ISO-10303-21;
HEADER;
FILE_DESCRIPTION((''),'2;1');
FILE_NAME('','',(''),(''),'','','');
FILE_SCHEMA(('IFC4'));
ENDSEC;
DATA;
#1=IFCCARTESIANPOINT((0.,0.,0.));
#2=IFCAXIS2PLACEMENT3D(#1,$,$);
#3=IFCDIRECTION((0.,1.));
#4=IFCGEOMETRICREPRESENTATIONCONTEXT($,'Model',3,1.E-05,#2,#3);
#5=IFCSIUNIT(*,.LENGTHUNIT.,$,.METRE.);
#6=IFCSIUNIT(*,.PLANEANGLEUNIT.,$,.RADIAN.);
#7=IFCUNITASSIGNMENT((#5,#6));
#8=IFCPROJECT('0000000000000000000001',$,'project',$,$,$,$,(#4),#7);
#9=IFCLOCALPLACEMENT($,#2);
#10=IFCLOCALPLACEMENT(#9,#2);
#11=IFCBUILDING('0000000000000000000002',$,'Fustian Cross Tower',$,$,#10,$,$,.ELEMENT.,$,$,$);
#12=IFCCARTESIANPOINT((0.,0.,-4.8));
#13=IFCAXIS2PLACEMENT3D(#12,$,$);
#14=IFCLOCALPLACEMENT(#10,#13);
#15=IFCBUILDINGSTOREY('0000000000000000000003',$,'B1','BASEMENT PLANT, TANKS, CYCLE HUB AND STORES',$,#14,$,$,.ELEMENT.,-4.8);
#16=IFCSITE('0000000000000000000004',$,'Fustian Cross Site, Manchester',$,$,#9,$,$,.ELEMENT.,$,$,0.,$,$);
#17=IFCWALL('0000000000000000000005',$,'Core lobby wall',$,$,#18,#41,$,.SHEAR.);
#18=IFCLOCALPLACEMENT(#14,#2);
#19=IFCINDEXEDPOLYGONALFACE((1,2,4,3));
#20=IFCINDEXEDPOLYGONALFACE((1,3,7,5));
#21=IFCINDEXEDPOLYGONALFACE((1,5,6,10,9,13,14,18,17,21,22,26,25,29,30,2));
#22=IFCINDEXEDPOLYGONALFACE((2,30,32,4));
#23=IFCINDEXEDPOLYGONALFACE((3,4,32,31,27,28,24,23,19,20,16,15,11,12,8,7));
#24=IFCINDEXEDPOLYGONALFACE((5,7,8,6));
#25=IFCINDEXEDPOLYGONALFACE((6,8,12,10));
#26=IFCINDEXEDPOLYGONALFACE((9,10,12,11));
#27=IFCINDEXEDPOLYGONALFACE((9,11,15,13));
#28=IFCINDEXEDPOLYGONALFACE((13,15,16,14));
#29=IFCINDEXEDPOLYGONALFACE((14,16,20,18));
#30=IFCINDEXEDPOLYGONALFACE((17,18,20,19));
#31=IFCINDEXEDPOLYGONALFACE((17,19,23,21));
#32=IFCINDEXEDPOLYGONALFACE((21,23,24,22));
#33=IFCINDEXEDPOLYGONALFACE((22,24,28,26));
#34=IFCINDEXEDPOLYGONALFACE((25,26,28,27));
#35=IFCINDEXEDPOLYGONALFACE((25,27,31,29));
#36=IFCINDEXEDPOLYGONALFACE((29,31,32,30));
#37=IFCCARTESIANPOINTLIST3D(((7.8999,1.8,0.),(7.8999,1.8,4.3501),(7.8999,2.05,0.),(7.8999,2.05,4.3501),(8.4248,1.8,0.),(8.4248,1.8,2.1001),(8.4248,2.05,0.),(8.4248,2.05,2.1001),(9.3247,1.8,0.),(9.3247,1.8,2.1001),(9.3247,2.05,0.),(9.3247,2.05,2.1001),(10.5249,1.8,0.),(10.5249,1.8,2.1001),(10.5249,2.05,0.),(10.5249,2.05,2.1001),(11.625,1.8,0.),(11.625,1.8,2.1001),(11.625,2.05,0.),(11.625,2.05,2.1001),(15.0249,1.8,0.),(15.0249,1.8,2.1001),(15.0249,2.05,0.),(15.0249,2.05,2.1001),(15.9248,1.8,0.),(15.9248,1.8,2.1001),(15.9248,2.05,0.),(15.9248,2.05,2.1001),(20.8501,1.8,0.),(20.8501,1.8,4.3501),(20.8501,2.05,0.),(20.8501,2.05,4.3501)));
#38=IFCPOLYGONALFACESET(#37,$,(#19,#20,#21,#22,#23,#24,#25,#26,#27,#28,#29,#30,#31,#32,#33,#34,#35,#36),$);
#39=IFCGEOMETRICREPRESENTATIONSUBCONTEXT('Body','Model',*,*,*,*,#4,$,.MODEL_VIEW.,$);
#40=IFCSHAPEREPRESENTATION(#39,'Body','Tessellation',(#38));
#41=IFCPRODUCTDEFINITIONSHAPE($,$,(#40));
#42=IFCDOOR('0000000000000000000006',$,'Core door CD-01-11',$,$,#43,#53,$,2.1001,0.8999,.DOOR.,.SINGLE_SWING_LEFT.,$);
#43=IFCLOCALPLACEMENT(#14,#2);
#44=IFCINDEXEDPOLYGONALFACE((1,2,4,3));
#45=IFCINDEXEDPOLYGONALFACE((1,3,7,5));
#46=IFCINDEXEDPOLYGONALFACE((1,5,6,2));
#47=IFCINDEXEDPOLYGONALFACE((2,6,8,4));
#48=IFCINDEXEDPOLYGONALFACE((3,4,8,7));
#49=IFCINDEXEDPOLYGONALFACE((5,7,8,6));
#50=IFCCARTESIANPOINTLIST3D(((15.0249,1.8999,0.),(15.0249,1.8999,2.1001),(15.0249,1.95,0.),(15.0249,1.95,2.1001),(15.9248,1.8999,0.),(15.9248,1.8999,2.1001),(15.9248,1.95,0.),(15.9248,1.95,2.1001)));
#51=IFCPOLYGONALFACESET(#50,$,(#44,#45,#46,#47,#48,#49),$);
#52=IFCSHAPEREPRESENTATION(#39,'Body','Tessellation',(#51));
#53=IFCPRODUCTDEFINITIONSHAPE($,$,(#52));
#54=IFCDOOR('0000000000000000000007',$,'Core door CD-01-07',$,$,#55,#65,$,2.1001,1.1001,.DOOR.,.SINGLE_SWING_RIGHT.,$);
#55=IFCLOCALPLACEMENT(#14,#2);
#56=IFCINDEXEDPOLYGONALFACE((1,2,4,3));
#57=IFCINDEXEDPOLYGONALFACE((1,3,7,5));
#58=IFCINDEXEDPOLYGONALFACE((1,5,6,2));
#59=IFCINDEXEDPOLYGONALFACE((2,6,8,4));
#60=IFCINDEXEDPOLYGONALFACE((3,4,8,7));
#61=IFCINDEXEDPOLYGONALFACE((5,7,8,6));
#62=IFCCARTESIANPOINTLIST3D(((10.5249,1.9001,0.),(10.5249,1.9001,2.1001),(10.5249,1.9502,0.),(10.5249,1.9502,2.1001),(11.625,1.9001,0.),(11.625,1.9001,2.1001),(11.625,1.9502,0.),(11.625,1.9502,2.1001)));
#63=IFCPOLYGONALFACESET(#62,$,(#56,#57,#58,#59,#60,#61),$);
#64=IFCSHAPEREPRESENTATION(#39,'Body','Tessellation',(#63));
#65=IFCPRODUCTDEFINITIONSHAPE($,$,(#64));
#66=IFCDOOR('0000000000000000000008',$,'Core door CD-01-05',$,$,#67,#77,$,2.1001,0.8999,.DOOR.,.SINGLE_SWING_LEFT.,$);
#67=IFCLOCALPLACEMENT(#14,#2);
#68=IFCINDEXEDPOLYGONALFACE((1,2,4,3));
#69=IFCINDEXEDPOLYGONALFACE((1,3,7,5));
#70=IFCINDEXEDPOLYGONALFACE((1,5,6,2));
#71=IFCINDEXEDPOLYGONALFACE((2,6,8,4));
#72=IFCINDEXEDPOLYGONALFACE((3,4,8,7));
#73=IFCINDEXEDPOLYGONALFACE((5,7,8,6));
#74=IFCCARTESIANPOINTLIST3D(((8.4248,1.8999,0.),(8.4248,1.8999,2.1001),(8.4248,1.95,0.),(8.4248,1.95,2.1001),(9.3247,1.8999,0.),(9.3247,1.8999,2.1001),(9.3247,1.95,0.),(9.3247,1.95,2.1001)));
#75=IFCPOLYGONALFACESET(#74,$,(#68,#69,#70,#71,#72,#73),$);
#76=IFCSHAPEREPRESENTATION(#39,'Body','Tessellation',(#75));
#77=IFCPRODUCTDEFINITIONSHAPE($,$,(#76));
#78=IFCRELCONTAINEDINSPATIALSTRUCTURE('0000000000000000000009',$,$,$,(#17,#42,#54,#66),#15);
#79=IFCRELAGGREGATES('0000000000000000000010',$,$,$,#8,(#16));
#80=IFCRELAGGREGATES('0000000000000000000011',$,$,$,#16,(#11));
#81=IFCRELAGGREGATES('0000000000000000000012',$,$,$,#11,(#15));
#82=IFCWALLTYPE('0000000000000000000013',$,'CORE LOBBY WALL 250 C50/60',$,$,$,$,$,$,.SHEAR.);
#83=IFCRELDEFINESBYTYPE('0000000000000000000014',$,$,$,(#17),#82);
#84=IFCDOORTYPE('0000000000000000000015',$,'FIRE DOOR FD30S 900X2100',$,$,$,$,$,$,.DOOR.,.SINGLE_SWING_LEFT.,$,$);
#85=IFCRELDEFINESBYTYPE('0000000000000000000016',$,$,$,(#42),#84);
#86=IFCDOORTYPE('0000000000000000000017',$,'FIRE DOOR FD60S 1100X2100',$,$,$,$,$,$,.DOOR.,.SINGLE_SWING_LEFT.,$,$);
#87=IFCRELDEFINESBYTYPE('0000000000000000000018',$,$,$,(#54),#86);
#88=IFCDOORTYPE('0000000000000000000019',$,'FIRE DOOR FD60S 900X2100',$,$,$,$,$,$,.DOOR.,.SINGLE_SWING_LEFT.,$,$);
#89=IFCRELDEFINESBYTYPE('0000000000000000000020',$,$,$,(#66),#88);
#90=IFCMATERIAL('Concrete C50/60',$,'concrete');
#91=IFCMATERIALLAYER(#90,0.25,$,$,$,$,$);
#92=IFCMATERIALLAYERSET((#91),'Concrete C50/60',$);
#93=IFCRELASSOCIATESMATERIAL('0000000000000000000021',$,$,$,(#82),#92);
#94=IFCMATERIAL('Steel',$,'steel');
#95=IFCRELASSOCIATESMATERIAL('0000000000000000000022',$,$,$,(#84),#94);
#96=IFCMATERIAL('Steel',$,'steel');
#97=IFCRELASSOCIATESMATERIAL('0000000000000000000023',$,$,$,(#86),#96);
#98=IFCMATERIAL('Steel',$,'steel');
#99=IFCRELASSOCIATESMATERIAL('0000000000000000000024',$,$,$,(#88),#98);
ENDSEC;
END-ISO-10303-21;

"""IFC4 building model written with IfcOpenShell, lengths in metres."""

from ifc_helpers import new_model, si_unit, direction, frame, frame_2d, origin, place, context, subcontext, project, spatial, rectangle, extrude, material, layer, layer_set, type_object, element, fill, save


model = new_model("IFC4")

# Units and contexts
model_context = context("Model", 3, precision=1e-05, world=origin(), true_north=direction((0.0, 1.0)))
body_context = subcontext(model_context, "Body", "Model", "MODEL_VIEW")
ifc_project = project(units=[si_unit("LENGTHUNIT", "METRE"), si_unit("PLANEANGLEUNIT", "RADIAN")], contexts=[model_context])

# Site, building, storey
site_placement = place(None, origin())
site = spatial("IfcSite", under=ifc_project, at=site_placement, Name="Fustian Cross Site, Manchester", CompositionType="ELEMENT", RefElevation=0.0)
building_placement = place(site_placement, origin())
building = spatial("IfcBuilding", under=site, at=building_placement, Name="Fustian Cross Tower", CompositionType="ELEMENT")
storey_placement = place(building_placement, frame((0.0, 0.0, -4.8)))
storey = spatial("IfcBuildingStorey", under=building, at=storey_placement, Name="B1", Description="BASEMENT PLANT, TANKS, CYCLE HUB AND STORES", CompositionType="ELEMENT", Elevation=-4.8)

# Wall, openings, doors
ifc_material_1 = material(Name="Concrete C50/60", Category="concrete")
ifc_layer_1 = layer(ifc_material_1, 0.25)
ifc_layer_set_1 = layer_set([ifc_layer_1], Name="Concrete C50/60")
wall_type_1 = type_object("IfcWallType", Name="CORE LOBBY WALL 250 C50/60", PredefinedType="SHEAR", material=ifc_layer_set_1)
wall_1_placement = place(storey_placement, frame((7.8999, 1.925, 0.0), z_axis=(0.0, 0.0, 1.0), x_axis=(1.0, 0.0, 0.0)))
wall_1 = element("IfcWall", 1, at=wall_1_placement, inside=storey, type_object=wall_type_1, Name="Core lobby wall", PredefinedType="SHEAR", context=body_context, shape_type="SweptSolid", body=[
    extrude(rectangle(XDim=12.9502, YDim=0.25, at=frame_2d((6.4751, 0.0))), origin(), (0.0, 0.0, 1.0), 4.3501),
])
opening_1_placement = place(wall_1_placement, frame((0.5249, 0.0, 0.0)))
opening_1 = element("IfcOpeningElement", 2, at=opening_1_placement, cuts=wall_1, PredefinedType="OPENING", context=body_context, shape_type="SweptSolid", body=[
    extrude(rectangle(XDim=0.8999, YDim=2.1001, at=frame_2d((0.45, 1.05))), frame((0.0, 0.135, 0.0), z_axis=(0.0, -1.0, 0.0), x_axis=(1.0, 0.0, 0.0)), (0.0, 0.0, 1.0), 0.27),
])
opening_2_placement = place(wall_1_placement, frame((2.625, 0.0, 0.0)))
opening_2 = element("IfcOpeningElement", 3, at=opening_2_placement, cuts=wall_1, PredefinedType="OPENING", context=body_context, shape_type="SweptSolid", body=[
    extrude(rectangle(XDim=1.1001, YDim=2.1001, at=frame_2d((0.55, 1.05))), frame((0.0, 0.135, 0.0), z_axis=(0.0, -1.0, 0.0), x_axis=(1.0, 0.0, 0.0)), (0.0, 0.0, 1.0), 0.27),
])
opening_3_placement = place(wall_1_placement, frame((7.125, 0.0, 0.0)))
opening_3 = element("IfcOpeningElement", 4, at=opening_3_placement, cuts=wall_1, PredefinedType="OPENING", context=body_context, shape_type="SweptSolid", body=[
    extrude(rectangle(XDim=0.8999, YDim=2.1001, at=frame_2d((0.45, 1.05))), frame((0.0, 0.135, 0.0), z_axis=(0.0, -1.0, 0.0), x_axis=(1.0, 0.0, 0.0)), (0.0, 0.0, 1.0), 0.27),
])
ifc_material_2 = material(Name="Steel", Category="steel")
door_type_1 = type_object("IfcDoorType", Name="FIRE DOOR FD30S 900X2100", OperationType="SINGLE_SWING_LEFT", PredefinedType="DOOR", material=ifc_material_2)
door_1_placement = place(opening_3_placement, origin())
door_1 = element("IfcDoor", 5, at=door_1_placement, inside=storey, type_object=door_type_1, Name="Core door CD-01-11", OperationType="SINGLE_SWING_LEFT", OverallHeight=2.1001, OverallWidth=0.8999, PredefinedType="DOOR", context=body_context, shape_type="SweptSolid", body=[
    extrude(rectangle(XDim=0.8999, YDim=2.1001, at=frame_2d((0.45, 1.05))), frame((0.0, 0.0249, 0.0), z_axis=(0.0, -1.0, 0.0), x_axis=(1.0, 0.0, 0.0)), (0.0, 0.0, 1.0), 0.05),
])
fill(opening_3, door_1)
ifc_material_3 = material(Name="Steel", Category="steel")
door_type_2 = type_object("IfcDoorType", Name="FIRE DOOR FD60S 1100X2100", OperationType="SINGLE_SWING_LEFT", PredefinedType="DOOR", material=ifc_material_3)
door_2_placement = place(opening_2_placement, frame((1.1001, 0.0, 0.0), z_axis=(0.0, 0.0, 1.0), x_axis=(-1.0, 0.0, 0.0)))
door_2 = element("IfcDoor", 6, at=door_2_placement, inside=storey, type_object=door_type_2, Name="Core door CD-01-07", OperationType="SINGLE_SWING_RIGHT", OverallHeight=2.1001, OverallWidth=1.1001, PredefinedType="DOOR", context=body_context, shape_type="SweptSolid", body=[
    extrude(rectangle(XDim=1.1001, YDim=2.1001, at=frame_2d((0.55, 1.05))), frame((0.0, 0.0249, 0.0), z_axis=(0.0, -1.0, 0.0), x_axis=(1.0, 0.0, 0.0)), (0.0, 0.0, 1.0), 0.05),
])
fill(opening_2, door_2)
ifc_material_4 = material(Name="Steel", Category="steel")
door_type_3 = type_object("IfcDoorType", Name="FIRE DOOR FD60S 900X2100", OperationType="SINGLE_SWING_LEFT", PredefinedType="DOOR", material=ifc_material_4)
door_3_placement = place(opening_1_placement, origin())
door_3 = element("IfcDoor", 7, at=door_3_placement, inside=storey, type_object=door_type_3, Name="Core door CD-01-05", OperationType="SINGLE_SWING_LEFT", OverallHeight=2.1001, OverallWidth=0.8999, PredefinedType="DOOR", context=body_context, shape_type="SweptSolid", body=[
    extrude(rectangle(XDim=0.8999, YDim=2.1001, at=frame_2d((0.45, 1.05))), frame((0.0, 0.0249, 0.0), z_axis=(0.0, -1.0, 0.0), x_axis=(1.0, 0.0, 0.0)), (0.0, 0.0, 1.0), 0.05),
])
fill(opening_1, door_3)

save(model, "model.ifc")
